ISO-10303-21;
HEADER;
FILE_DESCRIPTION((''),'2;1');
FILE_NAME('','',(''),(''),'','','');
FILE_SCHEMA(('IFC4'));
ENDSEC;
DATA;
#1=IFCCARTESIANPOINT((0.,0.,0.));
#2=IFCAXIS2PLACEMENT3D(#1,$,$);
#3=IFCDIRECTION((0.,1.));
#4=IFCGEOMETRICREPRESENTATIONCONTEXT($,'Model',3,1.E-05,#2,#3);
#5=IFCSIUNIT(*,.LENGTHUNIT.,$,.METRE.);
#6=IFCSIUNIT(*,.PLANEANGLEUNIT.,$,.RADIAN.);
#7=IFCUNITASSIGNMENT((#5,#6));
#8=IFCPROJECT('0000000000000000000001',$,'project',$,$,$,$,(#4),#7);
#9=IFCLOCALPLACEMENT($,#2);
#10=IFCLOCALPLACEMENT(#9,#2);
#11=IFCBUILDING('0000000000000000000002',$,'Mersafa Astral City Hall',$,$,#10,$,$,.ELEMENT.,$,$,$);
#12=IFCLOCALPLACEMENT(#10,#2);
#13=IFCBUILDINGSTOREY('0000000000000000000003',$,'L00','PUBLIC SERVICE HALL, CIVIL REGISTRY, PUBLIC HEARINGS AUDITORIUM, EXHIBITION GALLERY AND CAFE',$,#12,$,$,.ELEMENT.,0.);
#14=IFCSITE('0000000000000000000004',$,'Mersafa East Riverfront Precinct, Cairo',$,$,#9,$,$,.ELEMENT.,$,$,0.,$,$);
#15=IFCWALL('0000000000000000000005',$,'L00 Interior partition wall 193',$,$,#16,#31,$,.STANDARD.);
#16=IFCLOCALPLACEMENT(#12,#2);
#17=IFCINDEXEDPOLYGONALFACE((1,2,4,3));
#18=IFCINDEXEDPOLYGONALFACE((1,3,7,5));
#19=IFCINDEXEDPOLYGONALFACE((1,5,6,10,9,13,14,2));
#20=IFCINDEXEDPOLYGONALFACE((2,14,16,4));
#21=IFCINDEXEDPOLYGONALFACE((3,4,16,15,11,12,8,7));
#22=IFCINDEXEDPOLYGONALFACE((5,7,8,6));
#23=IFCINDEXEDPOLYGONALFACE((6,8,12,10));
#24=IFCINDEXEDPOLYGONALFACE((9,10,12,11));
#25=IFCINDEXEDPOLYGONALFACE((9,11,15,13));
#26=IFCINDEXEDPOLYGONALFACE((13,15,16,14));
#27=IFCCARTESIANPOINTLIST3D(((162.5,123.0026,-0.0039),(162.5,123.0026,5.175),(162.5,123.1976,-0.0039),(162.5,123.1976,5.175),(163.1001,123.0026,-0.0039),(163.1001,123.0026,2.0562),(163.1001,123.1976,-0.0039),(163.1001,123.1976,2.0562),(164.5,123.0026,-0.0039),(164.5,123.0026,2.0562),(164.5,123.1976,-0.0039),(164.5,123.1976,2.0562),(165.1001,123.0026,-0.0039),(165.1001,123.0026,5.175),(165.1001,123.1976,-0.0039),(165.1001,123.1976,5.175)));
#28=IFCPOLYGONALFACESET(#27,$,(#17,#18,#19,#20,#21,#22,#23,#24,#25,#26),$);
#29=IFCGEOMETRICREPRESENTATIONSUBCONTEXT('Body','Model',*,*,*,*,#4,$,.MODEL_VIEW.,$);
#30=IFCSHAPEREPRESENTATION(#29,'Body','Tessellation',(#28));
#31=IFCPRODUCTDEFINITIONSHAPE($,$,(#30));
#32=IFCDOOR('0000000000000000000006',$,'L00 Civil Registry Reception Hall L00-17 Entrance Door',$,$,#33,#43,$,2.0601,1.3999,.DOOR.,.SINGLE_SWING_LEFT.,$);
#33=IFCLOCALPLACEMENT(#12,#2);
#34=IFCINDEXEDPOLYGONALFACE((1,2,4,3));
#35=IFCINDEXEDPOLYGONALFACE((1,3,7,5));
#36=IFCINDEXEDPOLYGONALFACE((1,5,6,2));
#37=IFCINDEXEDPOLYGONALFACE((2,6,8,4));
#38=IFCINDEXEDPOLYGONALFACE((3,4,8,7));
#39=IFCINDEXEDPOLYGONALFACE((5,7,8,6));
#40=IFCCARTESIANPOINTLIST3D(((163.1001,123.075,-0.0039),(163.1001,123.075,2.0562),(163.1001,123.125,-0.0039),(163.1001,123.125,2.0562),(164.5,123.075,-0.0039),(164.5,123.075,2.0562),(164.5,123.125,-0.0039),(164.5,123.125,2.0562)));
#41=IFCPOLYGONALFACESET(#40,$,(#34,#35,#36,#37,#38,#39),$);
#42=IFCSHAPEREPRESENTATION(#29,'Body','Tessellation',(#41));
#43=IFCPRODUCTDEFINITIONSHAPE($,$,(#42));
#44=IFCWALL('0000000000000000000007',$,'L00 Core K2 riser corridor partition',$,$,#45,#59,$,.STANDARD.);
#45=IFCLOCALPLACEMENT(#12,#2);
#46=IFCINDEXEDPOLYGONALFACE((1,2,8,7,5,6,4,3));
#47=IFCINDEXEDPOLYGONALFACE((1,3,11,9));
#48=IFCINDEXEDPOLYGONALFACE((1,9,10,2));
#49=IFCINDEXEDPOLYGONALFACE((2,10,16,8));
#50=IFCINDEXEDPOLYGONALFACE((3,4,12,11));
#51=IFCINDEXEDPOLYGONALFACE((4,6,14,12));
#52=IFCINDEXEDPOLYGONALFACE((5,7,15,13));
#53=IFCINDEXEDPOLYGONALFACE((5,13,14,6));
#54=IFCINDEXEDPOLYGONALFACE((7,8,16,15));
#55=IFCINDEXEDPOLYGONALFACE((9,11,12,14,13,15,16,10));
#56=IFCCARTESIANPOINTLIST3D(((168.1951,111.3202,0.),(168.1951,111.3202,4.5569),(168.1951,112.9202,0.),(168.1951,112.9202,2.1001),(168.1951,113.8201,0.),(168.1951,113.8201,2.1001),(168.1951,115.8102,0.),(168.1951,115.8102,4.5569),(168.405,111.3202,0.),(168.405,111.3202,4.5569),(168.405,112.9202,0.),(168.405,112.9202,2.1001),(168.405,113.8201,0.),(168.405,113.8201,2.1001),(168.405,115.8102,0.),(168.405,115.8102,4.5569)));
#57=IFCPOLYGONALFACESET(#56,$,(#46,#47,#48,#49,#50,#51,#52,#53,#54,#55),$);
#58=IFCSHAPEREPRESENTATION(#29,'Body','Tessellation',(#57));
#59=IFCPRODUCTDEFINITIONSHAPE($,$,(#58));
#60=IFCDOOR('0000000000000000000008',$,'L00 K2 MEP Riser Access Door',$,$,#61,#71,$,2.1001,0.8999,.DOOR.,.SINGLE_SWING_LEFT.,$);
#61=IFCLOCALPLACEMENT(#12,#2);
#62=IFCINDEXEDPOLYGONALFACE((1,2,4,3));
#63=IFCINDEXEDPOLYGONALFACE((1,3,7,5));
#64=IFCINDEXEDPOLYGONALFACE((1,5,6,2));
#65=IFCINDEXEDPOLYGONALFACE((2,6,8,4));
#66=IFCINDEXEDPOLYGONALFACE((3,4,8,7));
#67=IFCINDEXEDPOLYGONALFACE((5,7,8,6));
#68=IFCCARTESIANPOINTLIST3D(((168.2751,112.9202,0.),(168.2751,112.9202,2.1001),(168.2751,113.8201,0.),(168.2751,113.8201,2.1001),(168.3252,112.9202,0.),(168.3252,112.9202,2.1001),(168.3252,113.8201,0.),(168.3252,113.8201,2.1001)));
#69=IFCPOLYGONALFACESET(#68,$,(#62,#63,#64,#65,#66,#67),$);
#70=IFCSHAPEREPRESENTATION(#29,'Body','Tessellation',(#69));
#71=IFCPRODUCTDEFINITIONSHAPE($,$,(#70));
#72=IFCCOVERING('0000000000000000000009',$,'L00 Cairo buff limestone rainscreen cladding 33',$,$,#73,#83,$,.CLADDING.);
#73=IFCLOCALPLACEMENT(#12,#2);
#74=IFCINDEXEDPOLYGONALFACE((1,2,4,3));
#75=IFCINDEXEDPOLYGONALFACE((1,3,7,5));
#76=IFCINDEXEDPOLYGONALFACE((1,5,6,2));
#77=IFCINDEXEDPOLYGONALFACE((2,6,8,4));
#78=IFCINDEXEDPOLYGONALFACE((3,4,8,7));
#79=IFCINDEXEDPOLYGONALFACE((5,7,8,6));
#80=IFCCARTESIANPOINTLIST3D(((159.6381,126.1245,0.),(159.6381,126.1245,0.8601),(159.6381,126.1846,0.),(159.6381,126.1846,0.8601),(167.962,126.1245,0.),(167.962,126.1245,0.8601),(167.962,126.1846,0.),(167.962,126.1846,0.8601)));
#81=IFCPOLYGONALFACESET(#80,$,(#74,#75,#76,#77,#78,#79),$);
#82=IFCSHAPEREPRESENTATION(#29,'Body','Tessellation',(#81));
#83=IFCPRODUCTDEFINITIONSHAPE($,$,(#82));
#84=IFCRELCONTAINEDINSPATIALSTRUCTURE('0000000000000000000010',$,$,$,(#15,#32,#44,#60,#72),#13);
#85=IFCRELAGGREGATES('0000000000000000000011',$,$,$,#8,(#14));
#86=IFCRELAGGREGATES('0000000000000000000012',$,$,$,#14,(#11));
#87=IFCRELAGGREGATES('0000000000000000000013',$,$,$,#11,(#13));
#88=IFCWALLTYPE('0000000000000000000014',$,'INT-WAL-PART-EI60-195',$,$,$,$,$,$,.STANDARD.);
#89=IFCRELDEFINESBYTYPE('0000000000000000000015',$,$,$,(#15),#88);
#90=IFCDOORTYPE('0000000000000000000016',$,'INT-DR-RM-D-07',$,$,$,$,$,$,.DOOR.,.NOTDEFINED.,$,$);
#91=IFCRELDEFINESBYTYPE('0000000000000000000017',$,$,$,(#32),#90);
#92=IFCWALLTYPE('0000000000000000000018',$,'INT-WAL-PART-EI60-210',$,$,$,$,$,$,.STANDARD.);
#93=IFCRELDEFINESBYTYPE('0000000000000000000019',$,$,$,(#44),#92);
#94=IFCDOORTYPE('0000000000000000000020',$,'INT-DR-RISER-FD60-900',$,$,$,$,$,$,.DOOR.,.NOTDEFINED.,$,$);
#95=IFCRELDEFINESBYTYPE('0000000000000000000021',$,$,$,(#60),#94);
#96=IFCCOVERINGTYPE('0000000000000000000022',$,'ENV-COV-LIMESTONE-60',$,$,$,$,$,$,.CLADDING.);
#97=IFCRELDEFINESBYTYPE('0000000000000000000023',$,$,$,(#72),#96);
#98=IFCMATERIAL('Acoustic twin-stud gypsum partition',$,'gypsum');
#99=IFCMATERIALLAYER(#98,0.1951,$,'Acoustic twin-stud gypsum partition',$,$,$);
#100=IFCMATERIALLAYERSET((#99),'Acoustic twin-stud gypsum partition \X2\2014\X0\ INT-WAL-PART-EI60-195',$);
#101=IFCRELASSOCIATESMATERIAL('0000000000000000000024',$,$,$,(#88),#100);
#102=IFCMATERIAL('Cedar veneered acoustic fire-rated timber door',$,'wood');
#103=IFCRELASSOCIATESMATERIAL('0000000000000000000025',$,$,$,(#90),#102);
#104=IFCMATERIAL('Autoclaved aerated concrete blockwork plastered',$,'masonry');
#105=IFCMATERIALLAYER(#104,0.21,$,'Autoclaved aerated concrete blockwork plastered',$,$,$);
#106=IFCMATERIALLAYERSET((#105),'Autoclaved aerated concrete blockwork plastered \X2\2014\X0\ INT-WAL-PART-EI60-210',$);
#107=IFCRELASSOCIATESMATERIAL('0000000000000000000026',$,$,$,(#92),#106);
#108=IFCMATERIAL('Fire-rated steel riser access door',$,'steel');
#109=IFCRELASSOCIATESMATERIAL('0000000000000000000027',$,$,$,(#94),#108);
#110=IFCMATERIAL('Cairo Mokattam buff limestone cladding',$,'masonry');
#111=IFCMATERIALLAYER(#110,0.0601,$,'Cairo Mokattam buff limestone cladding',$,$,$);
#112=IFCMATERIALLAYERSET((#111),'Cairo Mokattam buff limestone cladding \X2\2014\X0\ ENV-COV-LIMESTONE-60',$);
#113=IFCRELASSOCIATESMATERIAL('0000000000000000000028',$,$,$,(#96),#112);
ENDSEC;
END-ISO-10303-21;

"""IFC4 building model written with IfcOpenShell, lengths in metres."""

from ifc_helpers import new_model, si_unit, direction, frame, frame_2d, origin, origin_2d, place, context, subcontext, project, spatial, rectangle, extrude, material, layer, layer_set, type_object, element, fill, save


model = new_model("IFC4")

# Units and contexts
model_context = context("Model", 3, precision=1e-05, world=origin(), true_north=direction((0.0, 1.0)))
body_context = subcontext(model_context, "Body", "Model", "MODEL_VIEW")
ifc_project = project(units=[si_unit("LENGTHUNIT", "METRE"), si_unit("PLANEANGLEUNIT", "RADIAN")], contexts=[model_context])

# Site, building, storey
site_placement = place(None, origin())
site = spatial("IfcSite", under=ifc_project, at=site_placement, Name="Mersafa East Riverfront Precinct, Cairo", CompositionType="ELEMENT", RefElevation=0.0)
building_placement = place(site_placement, origin())
building = spatial("IfcBuilding", under=site, at=building_placement, Name="Mersafa Astral City Hall", CompositionType="ELEMENT")
storey_placement = place(building_placement, origin())
storey = spatial("IfcBuildingStorey", under=building, at=storey_placement, Name="L00", Description="PUBLIC SERVICE HALL, CIVIL REGISTRY, PUBLIC HEARINGS AUDITORIUM, EXHIBITION GALLERY AND CAFE", CompositionType="ELEMENT", Elevation=0.0)

# Shared definitions
ifc_material_1 = material(Name="Acoustic twin-stud gypsum partition", Category="gypsum")

# Walls, openings, doors
ifc_layer_1 = layer(ifc_material_1, 0.1951, Name="Acoustic twin-stud gypsum partition")
ifc_layer_set_1 = layer_set([ifc_layer_1], Name="Acoustic twin-stud gypsum partition — INT-WAL-PART-EI60-195")
wall_type_1 = type_object("IfcWallType", Name="INT-WAL-PART-EI60-195", PredefinedType="STANDARD", material=ifc_layer_set_1)
wall_1_placement = place(storey_placement, frame((162.5, 123.1001, -0.0039), z_axis=(0.0, 0.0, 1.0), x_axis=(1.0, 0.0, 0.0)))
wall_1 = element("IfcWall", 1, at=wall_1_placement, inside=storey, type_object=wall_type_1, Name="L00 Interior partition wall 193", PredefinedType="STANDARD", context=body_context, shape_type="SweptSolid", body=[
    extrude(rectangle(XDim=2.6001, YDim=0.1951, at=frame_2d((1.3, 0.0))), origin(), (0.0, 0.0, 1.0), 5.179),
])
opening_1_placement = place(wall_1_placement, frame((0.6001, 0.0, 0.0)))
opening_1 = element("IfcOpeningElement", 2, at=opening_1_placement, cuts=wall_1, PredefinedType="OPENING", context=body_context, shape_type="SweptSolid", body=[
    extrude(rectangle(XDim=1.3999, YDim=2.0601, at=frame_2d((0.7, 1.03))), frame((0.0, 0.1074, 0.0), z_axis=(0.0, -1.0, 0.0), x_axis=(1.0, 0.0, 0.0)), (0.0, 0.0, 1.0), 0.2151),
])
ifc_material_2 = material(Name="Cedar veneered acoustic fire-rated timber door", Category="wood")
door_type_1 = type_object("IfcDoorType", Name="INT-DR-RM-D-07", OperationType="NOTDEFINED", PredefinedType="DOOR", material=ifc_material_2)
door_1_placement = place(opening_1_placement, origin())
door_1 = element("IfcDoor", 3, at=door_1_placement, inside=storey, type_object=door_type_1, Name="L00 Civil Registry Reception Hall L00-17 Entrance Door", OperationType="SINGLE_SWING_LEFT", OverallHeight=2.0601, OverallWidth=1.3999, PredefinedType="DOOR", context=body_context, shape_type="SweptSolid", body=[
    extrude(rectangle(XDim=1.3999, YDim=2.0601, at=frame_2d((0.7, 1.03))), frame((0.0, 0.0249, 0.0), z_axis=(0.0, -1.0, 0.0), x_axis=(1.0, 0.0, 0.0)), (0.0, 0.0, 1.0), 0.05),
])
fill(opening_1, door_1)
ifc_material_3 = material(Name="Autoclaved aerated concrete blockwork plastered", Category="masonry")
ifc_layer_2 = layer(ifc_material_3, 0.21, Name="Autoclaved aerated concrete blockwork plastered")
ifc_layer_set_2 = layer_set([ifc_layer_2], Name="Autoclaved aerated concrete blockwork plastered — INT-WAL-PART-EI60-210")
wall_type_2 = type_object("IfcWallType", Name="INT-WAL-PART-EI60-210", PredefinedType="STANDARD", material=ifc_layer_set_2)
wall_2_placement = place(storey_placement, frame((168.3, 111.3201, 0.0), z_axis=(0.0, 0.0, 1.0), x_axis=(0.0, 1.0, 0.0)))
wall_2 = element("IfcWall", 4, at=wall_2_placement, inside=storey, type_object=wall_type_2, Name="L00 Core K2 riser corridor partition", PredefinedType="STANDARD", context=body_context, shape_type="SweptSolid", body=[
    extrude(rectangle(XDim=4.49, YDim=0.21, at=frame_2d((2.2451, 0.0))), origin(), (0.0, 0.0, 1.0), 4.5569),
])
opening_2_placement = place(wall_2_placement, frame((1.6001, 0.0, 0.0)))
opening_2 = element("IfcOpeningElement", 5, at=opening_2_placement, cuts=wall_2, PredefinedType="OPENING", context=body_context, shape_type="SweptSolid", body=[
    extrude(rectangle(XDim=0.8999, YDim=2.1001, at=frame_2d((0.45, 1.05))), frame((0.0, 0.115, 0.0), z_axis=(0.0, -1.0, 0.0), x_axis=(1.0, 0.0, 0.0)), (0.0, 0.0, 1.0), 0.23),
])
ifc_material_4 = material(Name="Fire-rated steel riser access door", Category="steel")
door_type_2 = type_object("IfcDoorType", Name="INT-DR-RISER-FD60-900", OperationType="NOTDEFINED", PredefinedType="DOOR", material=ifc_material_4)
door_2_placement = place(opening_2_placement, origin())
door_2 = element("IfcDoor", 6, at=door_2_placement, inside=storey, type_object=door_type_2, Name="L00 K2 MEP Riser Access Door", OperationType="SINGLE_SWING_LEFT", OverallHeight=2.1001, OverallWidth=0.8999, PredefinedType="DOOR", context=body_context, shape_type="SweptSolid", body=[
    extrude(rectangle(XDim=0.8999, YDim=2.1001, at=frame_2d((0.45, 1.05))), frame((0.0, 0.0249, 0.0), z_axis=(0.0, -1.0, 0.0), x_axis=(1.0, 0.0, 0.0)), (0.0, 0.0, 1.0), 0.05),
])
fill(opening_2, door_2)

# Covering
ifc_material_5 = material(Name="Cairo Mokattam buff limestone cladding", Category="masonry")
ifc_layer_3 = layer(ifc_material_5, 0.0601, Name="Cairo Mokattam buff limestone cladding")
ifc_layer_set_3 = layer_set([ifc_layer_3], Name="Cairo Mokattam buff limestone cladding — ENV-COV-LIMESTONE-60")
covering_type = type_object("IfcCoveringType", Name="ENV-COV-LIMESTONE-60", PredefinedType="CLADDING", material=ifc_layer_set_3)
covering_placement = place(storey_placement, frame((163.8, 126.1545, 0.0), z_axis=(0.0, 0.0, 1.0), x_axis=(-1.0, 0.0, 0.0)))
element("IfcCovering", 7, at=covering_placement, inside=storey, type_object=covering_type, Name="L00 Cairo buff limestone rainscreen cladding 33", PredefinedType="CLADDING", context=body_context, shape_type="SweptSolid", body=[
    extrude(rectangle(XDim=8.324, YDim=0.0601, at=origin_2d()), origin(), (0.0, 0.0, 1.0), 0.8601),
])

save(model, "model.ifc")
